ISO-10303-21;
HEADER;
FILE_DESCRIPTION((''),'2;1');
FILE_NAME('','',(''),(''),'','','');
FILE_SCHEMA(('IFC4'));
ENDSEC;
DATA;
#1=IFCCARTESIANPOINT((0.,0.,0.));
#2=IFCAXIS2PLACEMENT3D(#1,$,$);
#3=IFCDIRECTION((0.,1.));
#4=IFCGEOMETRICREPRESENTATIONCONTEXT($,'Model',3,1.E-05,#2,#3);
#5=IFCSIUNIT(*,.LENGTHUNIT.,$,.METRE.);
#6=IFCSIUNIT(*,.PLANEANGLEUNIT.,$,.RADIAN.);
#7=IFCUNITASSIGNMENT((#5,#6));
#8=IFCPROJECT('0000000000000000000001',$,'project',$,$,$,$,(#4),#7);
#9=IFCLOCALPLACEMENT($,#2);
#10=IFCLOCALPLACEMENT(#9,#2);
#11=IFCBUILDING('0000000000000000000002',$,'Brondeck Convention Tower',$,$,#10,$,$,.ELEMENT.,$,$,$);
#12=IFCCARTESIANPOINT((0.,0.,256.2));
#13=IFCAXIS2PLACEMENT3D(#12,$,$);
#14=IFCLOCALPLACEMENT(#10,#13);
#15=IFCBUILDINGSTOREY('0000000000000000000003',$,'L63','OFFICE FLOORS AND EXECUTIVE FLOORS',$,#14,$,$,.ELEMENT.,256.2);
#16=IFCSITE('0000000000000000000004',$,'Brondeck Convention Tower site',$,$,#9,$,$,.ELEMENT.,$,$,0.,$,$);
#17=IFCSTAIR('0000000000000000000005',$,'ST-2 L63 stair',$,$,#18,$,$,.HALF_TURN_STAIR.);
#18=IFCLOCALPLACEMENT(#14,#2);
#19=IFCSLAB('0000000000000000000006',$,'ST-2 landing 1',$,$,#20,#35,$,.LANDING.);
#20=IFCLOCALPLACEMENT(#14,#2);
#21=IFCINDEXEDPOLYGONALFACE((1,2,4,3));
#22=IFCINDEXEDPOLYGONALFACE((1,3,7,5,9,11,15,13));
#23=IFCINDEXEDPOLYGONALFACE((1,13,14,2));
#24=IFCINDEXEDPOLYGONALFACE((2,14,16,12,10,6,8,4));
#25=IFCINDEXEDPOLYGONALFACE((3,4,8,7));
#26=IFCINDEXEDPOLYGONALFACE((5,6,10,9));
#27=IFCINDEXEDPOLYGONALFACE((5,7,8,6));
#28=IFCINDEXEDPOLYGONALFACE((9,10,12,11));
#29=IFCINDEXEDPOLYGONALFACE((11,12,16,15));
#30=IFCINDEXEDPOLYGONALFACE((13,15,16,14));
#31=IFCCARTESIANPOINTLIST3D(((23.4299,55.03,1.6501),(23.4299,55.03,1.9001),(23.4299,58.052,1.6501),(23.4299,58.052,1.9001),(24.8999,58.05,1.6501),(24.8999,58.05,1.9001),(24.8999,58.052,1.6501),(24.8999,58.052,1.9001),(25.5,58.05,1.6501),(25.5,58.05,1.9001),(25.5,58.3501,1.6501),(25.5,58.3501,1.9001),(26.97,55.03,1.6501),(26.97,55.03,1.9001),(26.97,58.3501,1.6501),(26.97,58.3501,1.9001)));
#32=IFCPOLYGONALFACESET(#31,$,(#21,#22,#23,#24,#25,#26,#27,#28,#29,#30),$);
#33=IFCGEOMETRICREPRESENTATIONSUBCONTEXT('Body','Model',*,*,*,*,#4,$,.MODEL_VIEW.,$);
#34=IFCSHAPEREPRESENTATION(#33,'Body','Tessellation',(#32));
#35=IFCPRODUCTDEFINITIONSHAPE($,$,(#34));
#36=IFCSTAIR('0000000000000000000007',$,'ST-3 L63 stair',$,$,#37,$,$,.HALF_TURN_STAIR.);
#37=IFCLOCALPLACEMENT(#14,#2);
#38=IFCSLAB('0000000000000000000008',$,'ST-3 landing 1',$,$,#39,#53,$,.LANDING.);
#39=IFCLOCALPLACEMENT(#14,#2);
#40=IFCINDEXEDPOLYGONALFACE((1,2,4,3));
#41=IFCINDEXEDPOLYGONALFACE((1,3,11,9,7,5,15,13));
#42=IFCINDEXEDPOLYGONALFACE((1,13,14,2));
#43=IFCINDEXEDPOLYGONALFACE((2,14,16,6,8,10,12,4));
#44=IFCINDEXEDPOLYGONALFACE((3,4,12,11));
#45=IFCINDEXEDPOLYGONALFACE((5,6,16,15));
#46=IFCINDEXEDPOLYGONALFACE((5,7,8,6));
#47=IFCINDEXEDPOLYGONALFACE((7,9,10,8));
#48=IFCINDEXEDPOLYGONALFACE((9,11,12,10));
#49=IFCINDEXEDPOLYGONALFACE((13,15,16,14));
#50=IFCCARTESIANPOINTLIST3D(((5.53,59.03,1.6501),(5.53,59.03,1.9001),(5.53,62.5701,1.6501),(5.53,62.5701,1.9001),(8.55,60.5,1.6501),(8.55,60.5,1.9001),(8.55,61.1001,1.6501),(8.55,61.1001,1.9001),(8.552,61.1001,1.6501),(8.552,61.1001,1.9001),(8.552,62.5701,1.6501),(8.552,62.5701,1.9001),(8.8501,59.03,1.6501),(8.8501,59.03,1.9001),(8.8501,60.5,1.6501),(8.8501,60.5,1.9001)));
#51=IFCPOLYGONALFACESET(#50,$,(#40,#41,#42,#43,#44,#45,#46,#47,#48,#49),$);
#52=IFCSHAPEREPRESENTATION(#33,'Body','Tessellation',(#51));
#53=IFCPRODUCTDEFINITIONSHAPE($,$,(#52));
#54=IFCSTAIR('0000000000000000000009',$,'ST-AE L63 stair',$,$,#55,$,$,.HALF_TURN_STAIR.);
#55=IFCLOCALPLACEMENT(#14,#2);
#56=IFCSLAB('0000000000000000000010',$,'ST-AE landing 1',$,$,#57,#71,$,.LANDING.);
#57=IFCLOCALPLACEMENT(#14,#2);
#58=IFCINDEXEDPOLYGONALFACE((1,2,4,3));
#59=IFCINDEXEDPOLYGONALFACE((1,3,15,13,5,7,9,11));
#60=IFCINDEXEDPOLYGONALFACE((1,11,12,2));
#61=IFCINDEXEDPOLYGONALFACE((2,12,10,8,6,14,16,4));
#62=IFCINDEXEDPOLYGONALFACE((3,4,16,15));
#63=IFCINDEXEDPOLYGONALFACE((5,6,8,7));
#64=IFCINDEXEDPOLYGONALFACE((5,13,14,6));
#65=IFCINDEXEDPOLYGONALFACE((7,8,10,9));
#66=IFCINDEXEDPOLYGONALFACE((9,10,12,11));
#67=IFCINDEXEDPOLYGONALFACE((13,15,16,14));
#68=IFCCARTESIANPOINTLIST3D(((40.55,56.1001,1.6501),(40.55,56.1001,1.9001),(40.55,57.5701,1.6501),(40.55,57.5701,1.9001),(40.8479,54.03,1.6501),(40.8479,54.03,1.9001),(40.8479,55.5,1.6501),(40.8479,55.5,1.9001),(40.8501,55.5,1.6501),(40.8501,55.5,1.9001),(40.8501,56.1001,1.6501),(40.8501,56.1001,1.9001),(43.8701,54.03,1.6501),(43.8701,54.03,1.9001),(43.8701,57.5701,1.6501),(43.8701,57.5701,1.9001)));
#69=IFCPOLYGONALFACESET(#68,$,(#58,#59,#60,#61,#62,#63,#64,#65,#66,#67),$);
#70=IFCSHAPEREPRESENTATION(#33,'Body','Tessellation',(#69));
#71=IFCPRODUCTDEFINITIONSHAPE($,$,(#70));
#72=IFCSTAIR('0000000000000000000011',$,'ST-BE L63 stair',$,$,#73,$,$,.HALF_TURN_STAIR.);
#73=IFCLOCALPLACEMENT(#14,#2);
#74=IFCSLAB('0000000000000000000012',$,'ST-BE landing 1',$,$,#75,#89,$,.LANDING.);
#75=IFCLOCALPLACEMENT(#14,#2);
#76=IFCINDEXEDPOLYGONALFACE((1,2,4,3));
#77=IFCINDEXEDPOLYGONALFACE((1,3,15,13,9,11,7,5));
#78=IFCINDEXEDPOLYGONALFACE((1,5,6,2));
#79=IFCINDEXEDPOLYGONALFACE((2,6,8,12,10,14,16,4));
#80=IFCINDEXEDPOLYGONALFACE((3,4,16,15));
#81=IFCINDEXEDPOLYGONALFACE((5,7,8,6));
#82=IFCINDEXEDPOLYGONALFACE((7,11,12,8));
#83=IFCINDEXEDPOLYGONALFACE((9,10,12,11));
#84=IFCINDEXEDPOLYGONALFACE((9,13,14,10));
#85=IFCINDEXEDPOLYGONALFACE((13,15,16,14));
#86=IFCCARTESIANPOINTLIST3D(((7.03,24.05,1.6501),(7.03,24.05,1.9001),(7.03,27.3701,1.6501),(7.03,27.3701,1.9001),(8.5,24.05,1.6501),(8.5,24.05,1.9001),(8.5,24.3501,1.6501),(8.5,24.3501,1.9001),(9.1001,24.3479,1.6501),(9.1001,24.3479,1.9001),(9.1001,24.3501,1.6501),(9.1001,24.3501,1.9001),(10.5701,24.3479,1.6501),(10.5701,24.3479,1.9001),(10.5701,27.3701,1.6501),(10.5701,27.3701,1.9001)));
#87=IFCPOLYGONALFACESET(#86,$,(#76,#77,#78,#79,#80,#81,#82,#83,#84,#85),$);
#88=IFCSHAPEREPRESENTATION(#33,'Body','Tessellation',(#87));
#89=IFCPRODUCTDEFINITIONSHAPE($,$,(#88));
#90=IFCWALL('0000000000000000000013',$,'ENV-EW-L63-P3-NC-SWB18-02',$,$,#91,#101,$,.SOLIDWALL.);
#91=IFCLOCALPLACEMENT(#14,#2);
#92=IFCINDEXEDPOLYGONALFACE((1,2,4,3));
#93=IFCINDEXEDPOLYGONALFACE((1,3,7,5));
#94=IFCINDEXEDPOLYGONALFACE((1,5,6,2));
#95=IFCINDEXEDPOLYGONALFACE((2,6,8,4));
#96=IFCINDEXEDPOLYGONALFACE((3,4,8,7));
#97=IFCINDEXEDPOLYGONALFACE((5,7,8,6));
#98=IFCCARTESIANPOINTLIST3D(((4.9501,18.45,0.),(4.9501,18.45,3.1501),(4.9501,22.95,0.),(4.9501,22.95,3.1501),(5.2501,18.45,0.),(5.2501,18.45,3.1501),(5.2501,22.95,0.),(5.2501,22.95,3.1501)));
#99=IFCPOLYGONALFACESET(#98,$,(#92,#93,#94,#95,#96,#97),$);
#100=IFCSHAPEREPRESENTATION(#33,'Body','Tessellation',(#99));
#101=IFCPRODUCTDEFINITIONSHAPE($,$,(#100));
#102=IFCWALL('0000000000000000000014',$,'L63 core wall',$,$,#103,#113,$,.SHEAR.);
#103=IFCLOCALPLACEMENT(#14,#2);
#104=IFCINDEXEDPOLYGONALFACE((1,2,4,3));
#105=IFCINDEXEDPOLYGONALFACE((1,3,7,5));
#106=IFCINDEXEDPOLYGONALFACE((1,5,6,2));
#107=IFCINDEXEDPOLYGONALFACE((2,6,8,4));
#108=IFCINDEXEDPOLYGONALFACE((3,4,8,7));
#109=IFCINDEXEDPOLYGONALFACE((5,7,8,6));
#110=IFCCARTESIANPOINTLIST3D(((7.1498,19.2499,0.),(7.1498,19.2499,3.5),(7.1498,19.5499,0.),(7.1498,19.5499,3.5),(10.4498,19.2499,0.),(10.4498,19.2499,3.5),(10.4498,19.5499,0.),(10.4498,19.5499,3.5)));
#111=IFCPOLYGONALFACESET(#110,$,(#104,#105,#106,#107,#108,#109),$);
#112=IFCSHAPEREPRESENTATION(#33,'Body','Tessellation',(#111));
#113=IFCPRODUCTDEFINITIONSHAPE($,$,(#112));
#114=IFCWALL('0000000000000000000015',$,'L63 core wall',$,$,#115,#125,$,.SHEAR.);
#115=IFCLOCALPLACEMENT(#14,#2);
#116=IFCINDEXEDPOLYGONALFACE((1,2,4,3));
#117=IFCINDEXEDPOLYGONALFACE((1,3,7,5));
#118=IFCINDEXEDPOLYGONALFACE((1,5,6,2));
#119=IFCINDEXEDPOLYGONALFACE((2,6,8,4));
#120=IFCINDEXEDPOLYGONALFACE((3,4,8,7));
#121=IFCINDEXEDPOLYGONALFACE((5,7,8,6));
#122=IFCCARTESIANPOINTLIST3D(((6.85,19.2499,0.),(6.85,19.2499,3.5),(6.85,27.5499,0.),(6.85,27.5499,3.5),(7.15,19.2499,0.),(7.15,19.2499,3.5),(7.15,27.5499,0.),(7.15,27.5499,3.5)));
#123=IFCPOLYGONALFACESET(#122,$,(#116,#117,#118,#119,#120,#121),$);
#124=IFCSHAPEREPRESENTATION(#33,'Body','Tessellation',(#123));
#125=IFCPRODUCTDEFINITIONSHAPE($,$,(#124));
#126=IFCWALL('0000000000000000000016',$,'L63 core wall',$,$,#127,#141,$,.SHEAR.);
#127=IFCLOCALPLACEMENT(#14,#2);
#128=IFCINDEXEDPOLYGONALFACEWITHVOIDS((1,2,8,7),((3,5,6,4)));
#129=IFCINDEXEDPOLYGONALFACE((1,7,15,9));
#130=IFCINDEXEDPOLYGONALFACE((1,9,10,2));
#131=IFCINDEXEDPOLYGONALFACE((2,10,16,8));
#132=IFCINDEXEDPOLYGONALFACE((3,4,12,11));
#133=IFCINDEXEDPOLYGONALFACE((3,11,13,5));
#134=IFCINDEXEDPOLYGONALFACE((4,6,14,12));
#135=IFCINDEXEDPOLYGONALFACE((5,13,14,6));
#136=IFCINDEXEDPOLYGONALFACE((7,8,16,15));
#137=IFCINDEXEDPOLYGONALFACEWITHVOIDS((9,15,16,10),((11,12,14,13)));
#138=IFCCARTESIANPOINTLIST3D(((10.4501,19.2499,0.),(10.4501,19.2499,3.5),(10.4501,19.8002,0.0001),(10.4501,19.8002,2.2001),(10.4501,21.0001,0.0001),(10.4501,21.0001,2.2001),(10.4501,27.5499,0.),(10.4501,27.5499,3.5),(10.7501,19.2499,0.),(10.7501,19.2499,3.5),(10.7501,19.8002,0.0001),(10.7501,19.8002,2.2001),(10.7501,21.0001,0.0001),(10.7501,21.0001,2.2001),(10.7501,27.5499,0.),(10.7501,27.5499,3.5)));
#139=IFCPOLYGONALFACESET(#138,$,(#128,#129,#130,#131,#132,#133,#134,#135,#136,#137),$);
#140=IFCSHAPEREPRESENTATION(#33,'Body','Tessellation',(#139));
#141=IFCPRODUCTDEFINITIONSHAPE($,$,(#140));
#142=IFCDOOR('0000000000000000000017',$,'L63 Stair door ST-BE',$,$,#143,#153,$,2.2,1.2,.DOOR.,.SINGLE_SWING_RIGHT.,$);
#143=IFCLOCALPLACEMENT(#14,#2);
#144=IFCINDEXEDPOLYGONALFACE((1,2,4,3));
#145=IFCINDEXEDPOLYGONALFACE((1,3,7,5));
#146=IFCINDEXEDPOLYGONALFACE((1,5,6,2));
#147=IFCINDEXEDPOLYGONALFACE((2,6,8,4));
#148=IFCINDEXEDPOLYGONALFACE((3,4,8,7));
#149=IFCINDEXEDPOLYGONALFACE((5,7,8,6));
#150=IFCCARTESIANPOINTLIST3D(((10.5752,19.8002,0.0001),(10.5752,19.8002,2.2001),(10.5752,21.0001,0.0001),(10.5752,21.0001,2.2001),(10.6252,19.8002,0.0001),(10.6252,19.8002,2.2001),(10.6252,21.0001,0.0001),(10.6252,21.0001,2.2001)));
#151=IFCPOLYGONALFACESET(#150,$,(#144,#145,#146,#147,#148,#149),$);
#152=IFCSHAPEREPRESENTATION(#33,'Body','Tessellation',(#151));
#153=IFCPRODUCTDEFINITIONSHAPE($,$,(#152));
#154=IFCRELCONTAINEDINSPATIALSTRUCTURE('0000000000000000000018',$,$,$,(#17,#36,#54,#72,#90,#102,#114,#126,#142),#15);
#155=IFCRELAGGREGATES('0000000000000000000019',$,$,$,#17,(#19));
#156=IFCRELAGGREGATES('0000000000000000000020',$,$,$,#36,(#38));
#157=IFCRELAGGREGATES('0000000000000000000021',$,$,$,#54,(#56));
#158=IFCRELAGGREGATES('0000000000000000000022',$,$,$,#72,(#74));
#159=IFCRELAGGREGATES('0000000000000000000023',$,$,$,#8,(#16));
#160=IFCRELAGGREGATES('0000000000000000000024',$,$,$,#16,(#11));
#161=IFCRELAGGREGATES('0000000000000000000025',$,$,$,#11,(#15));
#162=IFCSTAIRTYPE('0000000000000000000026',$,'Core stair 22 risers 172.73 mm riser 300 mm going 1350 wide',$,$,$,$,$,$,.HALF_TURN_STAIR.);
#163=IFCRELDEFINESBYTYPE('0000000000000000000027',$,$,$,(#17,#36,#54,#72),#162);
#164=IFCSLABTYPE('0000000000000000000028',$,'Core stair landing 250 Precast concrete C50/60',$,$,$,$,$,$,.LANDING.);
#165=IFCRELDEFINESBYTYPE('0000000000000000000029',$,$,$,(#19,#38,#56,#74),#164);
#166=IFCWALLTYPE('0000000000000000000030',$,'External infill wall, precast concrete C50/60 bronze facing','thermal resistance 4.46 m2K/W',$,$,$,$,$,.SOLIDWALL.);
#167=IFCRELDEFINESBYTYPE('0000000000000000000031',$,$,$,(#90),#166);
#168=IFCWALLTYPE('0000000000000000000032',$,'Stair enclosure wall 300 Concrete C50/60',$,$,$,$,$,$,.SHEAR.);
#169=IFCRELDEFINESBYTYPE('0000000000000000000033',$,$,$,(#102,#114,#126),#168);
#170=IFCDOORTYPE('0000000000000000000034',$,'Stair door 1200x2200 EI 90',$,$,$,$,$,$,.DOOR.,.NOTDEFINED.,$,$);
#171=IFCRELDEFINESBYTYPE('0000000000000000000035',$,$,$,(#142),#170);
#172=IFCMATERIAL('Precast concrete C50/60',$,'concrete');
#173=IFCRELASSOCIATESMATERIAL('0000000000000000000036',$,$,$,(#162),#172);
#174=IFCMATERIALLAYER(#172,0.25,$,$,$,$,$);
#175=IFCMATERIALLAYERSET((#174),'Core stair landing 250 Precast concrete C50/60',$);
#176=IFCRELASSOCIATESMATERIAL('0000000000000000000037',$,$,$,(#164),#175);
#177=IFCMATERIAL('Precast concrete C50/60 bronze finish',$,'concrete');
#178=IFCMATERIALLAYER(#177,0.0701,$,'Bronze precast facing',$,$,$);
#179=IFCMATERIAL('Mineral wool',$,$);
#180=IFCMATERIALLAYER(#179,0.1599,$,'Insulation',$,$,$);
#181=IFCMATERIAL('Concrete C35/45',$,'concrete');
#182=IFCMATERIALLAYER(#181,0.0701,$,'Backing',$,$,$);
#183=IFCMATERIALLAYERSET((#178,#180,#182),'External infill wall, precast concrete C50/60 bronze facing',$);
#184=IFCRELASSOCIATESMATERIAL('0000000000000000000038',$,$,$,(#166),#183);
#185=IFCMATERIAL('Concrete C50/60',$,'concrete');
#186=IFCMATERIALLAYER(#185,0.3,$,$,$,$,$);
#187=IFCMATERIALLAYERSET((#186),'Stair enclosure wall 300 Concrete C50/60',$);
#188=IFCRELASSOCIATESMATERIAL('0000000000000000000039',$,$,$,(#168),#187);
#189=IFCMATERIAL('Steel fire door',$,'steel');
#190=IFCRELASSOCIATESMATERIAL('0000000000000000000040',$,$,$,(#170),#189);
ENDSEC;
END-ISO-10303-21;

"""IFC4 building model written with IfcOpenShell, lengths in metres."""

from ifc_helpers import new_model, si_unit, direction, frame, frame_2d, origin, place, context, subcontext, project, spatial, polyline, rectangle, outline, extrude, material, layer, layer_set, type_object, element, fill, aggregate, save


model = new_model("IFC4")

# Units and contexts
model_context = context("Model", 3, precision=1e-05, world=origin(), true_north=direction((0.0, 1.0)))
body_context = subcontext(model_context, "Body", "Model", "MODEL_VIEW")
ifc_project = project(units=[si_unit("LENGTHUNIT", "METRE"), si_unit("PLANEANGLEUNIT", "RADIAN")], contexts=[model_context])

# Site, building, storey
site_placement = place(None, origin())
site = spatial("IfcSite", under=ifc_project, at=site_placement, Name="Brondeck Convention Tower site", CompositionType="ELEMENT", RefElevation=0.0)
building_placement = place(site_placement, origin())
building = spatial("IfcBuilding", under=site, at=building_placement, Name="Brondeck Convention Tower", CompositionType="ELEMENT")
storey_placement = place(building_placement, frame((0.0, 0.0, 256.2)))
storey = spatial("IfcBuildingStorey", under=building, at=storey_placement, Name="L63", Description="OFFICE FLOORS AND EXECUTIVE FLOORS", CompositionType="ELEMENT", Elevation=256.2)

# Shared definitions
ifc_material_1 = material(Name="Concrete C50/60", Category="concrete")

# Shared definitions
ifc_material_2 = material(Name="Concrete C35/45", Category="concrete")

# Stairs, slabs
ifc_material_3 = material(Name="Precast concrete C50/60", Category="concrete")
stair_type = type_object("IfcStairType", Name="Core stair 22 risers 172.73 mm riser 300 mm going 1350 wide", PredefinedType="HALF_TURN_STAIR", material=ifc_material_3)
ifc_layer_1 = layer(ifc_material_3, 0.25)
ifc_layer_set_1 = layer_set([ifc_layer_1], Name="Core stair landing 250 Precast concrete C50/60")
slab_type_1 = type_object("IfcSlabType", Name="Core stair landing 250 Precast concrete C50/60", PredefinedType="LANDING", material=ifc_layer_set_1)
stair_1_placement = place(storey_placement, origin())
stair_1 = element("IfcStair", 1, at=stair_1_placement, inside=storey, type_object=stair_type, Name="ST-2 L63 stair", PredefinedType="HALF_TURN_STAIR")
slab_1_placement = place(storey_placement, frame((0.0, 0.0, 1.6501)))
slab_1 = element("IfcSlab", 2, at=slab_1_placement, type_object=slab_type_1, Name="ST-2 landing 1", PredefinedType="LANDING", context=body_context, shape_type="SweptSolid", body=[
    extrude(outline(polyline([(23.4299, 58.052), (24.8999, 58.052), (24.8999, 58.05), (25.5, 58.05), (25.5, 58.3501), (26.97, 58.3501), (26.97, 55.03), (23.4299, 55.03), (23.4299, 58.052)])), origin(), (0.0, 0.0, 1.0), 0.25),
])
aggregate(stair_1, [slab_1])
stair_2_placement = place(storey_placement, origin())
stair_2 = element("IfcStair", 3, at=stair_2_placement, inside=storey, type_object=stair_type, Name="ST-3 L63 stair", PredefinedType="HALF_TURN_STAIR")
slab_2_placement = place(storey_placement, frame((0.0, 0.0, 1.6501)))
slab_2 = element("IfcSlab", 4, at=slab_2_placement, type_object=slab_type_1, Name="ST-3 landing 1", PredefinedType="LANDING", context=body_context, shape_type="SweptSolid", body=[
    extrude(outline(polyline([(8.8501, 60.5), (8.8501, 59.03), (5.53, 59.03), (5.53, 62.5701), (8.552, 62.5701), (8.552, 61.1001), (8.55, 61.1001), (8.55, 60.5), (8.8501, 60.5)])), origin(), (0.0, 0.0, 1.0), 0.25),
])
aggregate(stair_2, [slab_2])
stair_3_placement = place(storey_placement, origin())
stair_3 = element("IfcStair", 5, at=stair_3_placement, inside=storey, type_object=stair_type, Name="ST-AE L63 stair", PredefinedType="HALF_TURN_STAIR")
slab_3_placement = place(storey_placement, frame((0.0, 0.0, 1.6501)))
slab_3 = element("IfcSlab", 6, at=slab_3_placement, type_object=slab_type_1, Name="ST-AE landing 1", PredefinedType="LANDING", context=body_context, shape_type="SweptSolid", body=[
    extrude(outline(polyline([(40.8479, 55.5), (40.8501, 55.5), (40.8501, 56.1001), (40.55, 56.1001), (40.55, 57.5701), (43.8701, 57.5701), (43.8701, 54.03), (40.8479, 54.03), (40.8479, 55.5)])), origin(), (0.0, 0.0, 1.0), 0.25),
])
aggregate(stair_3, [slab_3])
stair_4_placement = place(storey_placement, origin())
stair_4 = element("IfcStair", 7, at=stair_4_placement, inside=storey, type_object=stair_type, Name="ST-BE L63 stair", PredefinedType="HALF_TURN_STAIR")
slab_4_placement = place(storey_placement, frame((0.0, 0.0, 1.6501)))
slab_4 = element("IfcSlab", 8, at=slab_4_placement, type_object=slab_type_1, Name="ST-BE landing 1", PredefinedType="LANDING", context=body_context, shape_type="SweptSolid", body=[
    extrude(outline(polyline([(7.03, 24.05), (7.03, 27.3701), (10.5701, 27.3701), (10.5701, 24.3479), (9.1001, 24.3479), (9.1001, 24.3501), (8.5, 24.3501), (8.5, 24.05), (7.03, 24.05)])), origin(), (0.0, 0.0, 1.0), 0.25),
])
aggregate(stair_4, [slab_4])

# Walls
ifc_material_4 = material(Name="Precast concrete C50/60 bronze finish", Category="concrete")
ifc_layer_2 = layer(ifc_material_4, 0.0701, Name="Bronze precast facing")
ifc_material_5 = material(Name="Mineral wool")
ifc_layer_3 = layer(ifc_material_5, 0.1599, Name="Insulation")
ifc_layer_4 = layer(ifc_material_2, 0.0701, Name="Backing")
ifc_layer_set_2 = layer_set([ifc_layer_2, ifc_layer_3, ifc_layer_4], Name="External infill wall, precast concrete C50/60 bronze facing")
wall_type_1 = type_object("IfcWallType", Name="External infill wall, precast concrete C50/60 bronze facing", Description="thermal resistance 4.46 m2K/W", PredefinedType="SOLIDWALL", material=ifc_layer_set_2)
wall_1_placement = place(storey_placement, frame((5.1001, 18.45, 0.0), z_axis=(0.0, 0.0, 1.0), x_axis=(0.0, 1.0, 0.0)))
element("IfcWall", 9, at=wall_1_placement, inside=storey, type_object=wall_type_1, Name="ENV-EW-L63-P3-NC-SWB18-02", PredefinedType="SOLIDWALL", context=body_context, shape_type="SweptSolid", body=[
    extrude(rectangle(XDim=4.5, YDim=0.3, at=frame_2d((2.25, 0.0))), origin(), (0.0, 0.0, 1.0), 3.1501),
])
ifc_layer_5 = layer(ifc_material_1, 0.3)
ifc_layer_set_3 = layer_set([ifc_layer_5], Name="Stair enclosure wall 300 Concrete C50/60")
wall_type_2 = type_object("IfcWallType", Name="Stair enclosure wall 300 Concrete C50/60", PredefinedType="SHEAR", material=ifc_layer_set_3)
wall_2_placement = place(storey_placement, frame((7.1499, 19.3999, 0.0), z_axis=(0.0, 0.0, 1.0), x_axis=(1.0, 0.0, 0.0)))
element("IfcWall", 10, at=wall_2_placement, inside=storey, type_object=wall_type_2, Name="L63 core wall", PredefinedType="SHEAR", context=body_context, shape_type="SweptSolid", body=[
    extrude(rectangle(XDim=3.3, YDim=0.3, at=frame_2d((1.6499, 0.0))), origin(), (0.0, 0.0, 1.0), 3.5),
])
wall_3_placement = place(storey_placement, frame((7.0, 19.25, 0.0), z_axis=(0.0, 0.0, 1.0), x_axis=(0.0, 1.0, 0.0)))
element("IfcWall", 11, at=wall_3_placement, inside=storey, type_object=wall_type_2, Name="L63 core wall", PredefinedType="SHEAR", context=body_context, shape_type="SweptSolid", body=[
    extrude(rectangle(XDim=8.3, YDim=0.3, at=frame_2d((4.1499, 0.0))), origin(), (0.0, 0.0, 1.0), 3.5),
])

# Wall, opening, door
wall_4_placement = place(storey_placement, frame((10.6001, 19.25, 0.0), z_axis=(0.0, 0.0, 1.0), x_axis=(0.0, 1.0, 0.0)))
wall_4 = element("IfcWall", 12, at=wall_4_placement, inside=storey, type_object=wall_type_2, Name="L63 core wall", PredefinedType="SHEAR", context=body_context, shape_type="SweptSolid", body=[
    extrude(rectangle(XDim=8.3, YDim=0.3, at=frame_2d((4.1499, 0.0))), origin(), (0.0, 0.0, 1.0), 3.5),
])
opening_placement = place(wall_4_placement, frame((0.55, 0.0, 0.0)))
opening = element("IfcOpeningElement", 13, at=opening_placement, cuts=wall_4, PredefinedType="OPENING", context=body_context, shape_type="SweptSolid", body=[
    extrude(rectangle(XDim=1.2, YDim=2.2, at=frame_2d((0.6001, 1.1001))), frame((0.0, 0.1599, 0.0), z_axis=(0.0, -1.0, 0.0), x_axis=(1.0, 0.0, 0.0)), (0.0, 0.0, 1.0), 0.3201),
])
ifc_material_6 = material(Name="Steel fire door", Category="steel")
door_type = type_object("IfcDoorType", Name="Stair door 1200x2200 EI 90", OperationType="NOTDEFINED", PredefinedType="DOOR", material=ifc_material_6)
door_placement = place(opening_placement, origin())
door = element("IfcDoor", 14, at=door_placement, inside=storey, type_object=door_type, Name="L63 Stair door ST-BE", OperationType="SINGLE_SWING_RIGHT", OverallHeight=2.2, OverallWidth=1.2, PredefinedType="DOOR", context=body_context, shape_type="SweptSolid", body=[
    extrude(rectangle(XDim=1.2, YDim=2.2, at=frame_2d((0.6001, 1.1001))), frame((0.0, 0.0249, 0.0), z_axis=(0.0, -1.0, 0.0), x_axis=(1.0, 0.0, 0.0)), (0.0, 0.0, 1.0), 0.05),
])
fill(opening, door)

save(model, "model.ifc")
